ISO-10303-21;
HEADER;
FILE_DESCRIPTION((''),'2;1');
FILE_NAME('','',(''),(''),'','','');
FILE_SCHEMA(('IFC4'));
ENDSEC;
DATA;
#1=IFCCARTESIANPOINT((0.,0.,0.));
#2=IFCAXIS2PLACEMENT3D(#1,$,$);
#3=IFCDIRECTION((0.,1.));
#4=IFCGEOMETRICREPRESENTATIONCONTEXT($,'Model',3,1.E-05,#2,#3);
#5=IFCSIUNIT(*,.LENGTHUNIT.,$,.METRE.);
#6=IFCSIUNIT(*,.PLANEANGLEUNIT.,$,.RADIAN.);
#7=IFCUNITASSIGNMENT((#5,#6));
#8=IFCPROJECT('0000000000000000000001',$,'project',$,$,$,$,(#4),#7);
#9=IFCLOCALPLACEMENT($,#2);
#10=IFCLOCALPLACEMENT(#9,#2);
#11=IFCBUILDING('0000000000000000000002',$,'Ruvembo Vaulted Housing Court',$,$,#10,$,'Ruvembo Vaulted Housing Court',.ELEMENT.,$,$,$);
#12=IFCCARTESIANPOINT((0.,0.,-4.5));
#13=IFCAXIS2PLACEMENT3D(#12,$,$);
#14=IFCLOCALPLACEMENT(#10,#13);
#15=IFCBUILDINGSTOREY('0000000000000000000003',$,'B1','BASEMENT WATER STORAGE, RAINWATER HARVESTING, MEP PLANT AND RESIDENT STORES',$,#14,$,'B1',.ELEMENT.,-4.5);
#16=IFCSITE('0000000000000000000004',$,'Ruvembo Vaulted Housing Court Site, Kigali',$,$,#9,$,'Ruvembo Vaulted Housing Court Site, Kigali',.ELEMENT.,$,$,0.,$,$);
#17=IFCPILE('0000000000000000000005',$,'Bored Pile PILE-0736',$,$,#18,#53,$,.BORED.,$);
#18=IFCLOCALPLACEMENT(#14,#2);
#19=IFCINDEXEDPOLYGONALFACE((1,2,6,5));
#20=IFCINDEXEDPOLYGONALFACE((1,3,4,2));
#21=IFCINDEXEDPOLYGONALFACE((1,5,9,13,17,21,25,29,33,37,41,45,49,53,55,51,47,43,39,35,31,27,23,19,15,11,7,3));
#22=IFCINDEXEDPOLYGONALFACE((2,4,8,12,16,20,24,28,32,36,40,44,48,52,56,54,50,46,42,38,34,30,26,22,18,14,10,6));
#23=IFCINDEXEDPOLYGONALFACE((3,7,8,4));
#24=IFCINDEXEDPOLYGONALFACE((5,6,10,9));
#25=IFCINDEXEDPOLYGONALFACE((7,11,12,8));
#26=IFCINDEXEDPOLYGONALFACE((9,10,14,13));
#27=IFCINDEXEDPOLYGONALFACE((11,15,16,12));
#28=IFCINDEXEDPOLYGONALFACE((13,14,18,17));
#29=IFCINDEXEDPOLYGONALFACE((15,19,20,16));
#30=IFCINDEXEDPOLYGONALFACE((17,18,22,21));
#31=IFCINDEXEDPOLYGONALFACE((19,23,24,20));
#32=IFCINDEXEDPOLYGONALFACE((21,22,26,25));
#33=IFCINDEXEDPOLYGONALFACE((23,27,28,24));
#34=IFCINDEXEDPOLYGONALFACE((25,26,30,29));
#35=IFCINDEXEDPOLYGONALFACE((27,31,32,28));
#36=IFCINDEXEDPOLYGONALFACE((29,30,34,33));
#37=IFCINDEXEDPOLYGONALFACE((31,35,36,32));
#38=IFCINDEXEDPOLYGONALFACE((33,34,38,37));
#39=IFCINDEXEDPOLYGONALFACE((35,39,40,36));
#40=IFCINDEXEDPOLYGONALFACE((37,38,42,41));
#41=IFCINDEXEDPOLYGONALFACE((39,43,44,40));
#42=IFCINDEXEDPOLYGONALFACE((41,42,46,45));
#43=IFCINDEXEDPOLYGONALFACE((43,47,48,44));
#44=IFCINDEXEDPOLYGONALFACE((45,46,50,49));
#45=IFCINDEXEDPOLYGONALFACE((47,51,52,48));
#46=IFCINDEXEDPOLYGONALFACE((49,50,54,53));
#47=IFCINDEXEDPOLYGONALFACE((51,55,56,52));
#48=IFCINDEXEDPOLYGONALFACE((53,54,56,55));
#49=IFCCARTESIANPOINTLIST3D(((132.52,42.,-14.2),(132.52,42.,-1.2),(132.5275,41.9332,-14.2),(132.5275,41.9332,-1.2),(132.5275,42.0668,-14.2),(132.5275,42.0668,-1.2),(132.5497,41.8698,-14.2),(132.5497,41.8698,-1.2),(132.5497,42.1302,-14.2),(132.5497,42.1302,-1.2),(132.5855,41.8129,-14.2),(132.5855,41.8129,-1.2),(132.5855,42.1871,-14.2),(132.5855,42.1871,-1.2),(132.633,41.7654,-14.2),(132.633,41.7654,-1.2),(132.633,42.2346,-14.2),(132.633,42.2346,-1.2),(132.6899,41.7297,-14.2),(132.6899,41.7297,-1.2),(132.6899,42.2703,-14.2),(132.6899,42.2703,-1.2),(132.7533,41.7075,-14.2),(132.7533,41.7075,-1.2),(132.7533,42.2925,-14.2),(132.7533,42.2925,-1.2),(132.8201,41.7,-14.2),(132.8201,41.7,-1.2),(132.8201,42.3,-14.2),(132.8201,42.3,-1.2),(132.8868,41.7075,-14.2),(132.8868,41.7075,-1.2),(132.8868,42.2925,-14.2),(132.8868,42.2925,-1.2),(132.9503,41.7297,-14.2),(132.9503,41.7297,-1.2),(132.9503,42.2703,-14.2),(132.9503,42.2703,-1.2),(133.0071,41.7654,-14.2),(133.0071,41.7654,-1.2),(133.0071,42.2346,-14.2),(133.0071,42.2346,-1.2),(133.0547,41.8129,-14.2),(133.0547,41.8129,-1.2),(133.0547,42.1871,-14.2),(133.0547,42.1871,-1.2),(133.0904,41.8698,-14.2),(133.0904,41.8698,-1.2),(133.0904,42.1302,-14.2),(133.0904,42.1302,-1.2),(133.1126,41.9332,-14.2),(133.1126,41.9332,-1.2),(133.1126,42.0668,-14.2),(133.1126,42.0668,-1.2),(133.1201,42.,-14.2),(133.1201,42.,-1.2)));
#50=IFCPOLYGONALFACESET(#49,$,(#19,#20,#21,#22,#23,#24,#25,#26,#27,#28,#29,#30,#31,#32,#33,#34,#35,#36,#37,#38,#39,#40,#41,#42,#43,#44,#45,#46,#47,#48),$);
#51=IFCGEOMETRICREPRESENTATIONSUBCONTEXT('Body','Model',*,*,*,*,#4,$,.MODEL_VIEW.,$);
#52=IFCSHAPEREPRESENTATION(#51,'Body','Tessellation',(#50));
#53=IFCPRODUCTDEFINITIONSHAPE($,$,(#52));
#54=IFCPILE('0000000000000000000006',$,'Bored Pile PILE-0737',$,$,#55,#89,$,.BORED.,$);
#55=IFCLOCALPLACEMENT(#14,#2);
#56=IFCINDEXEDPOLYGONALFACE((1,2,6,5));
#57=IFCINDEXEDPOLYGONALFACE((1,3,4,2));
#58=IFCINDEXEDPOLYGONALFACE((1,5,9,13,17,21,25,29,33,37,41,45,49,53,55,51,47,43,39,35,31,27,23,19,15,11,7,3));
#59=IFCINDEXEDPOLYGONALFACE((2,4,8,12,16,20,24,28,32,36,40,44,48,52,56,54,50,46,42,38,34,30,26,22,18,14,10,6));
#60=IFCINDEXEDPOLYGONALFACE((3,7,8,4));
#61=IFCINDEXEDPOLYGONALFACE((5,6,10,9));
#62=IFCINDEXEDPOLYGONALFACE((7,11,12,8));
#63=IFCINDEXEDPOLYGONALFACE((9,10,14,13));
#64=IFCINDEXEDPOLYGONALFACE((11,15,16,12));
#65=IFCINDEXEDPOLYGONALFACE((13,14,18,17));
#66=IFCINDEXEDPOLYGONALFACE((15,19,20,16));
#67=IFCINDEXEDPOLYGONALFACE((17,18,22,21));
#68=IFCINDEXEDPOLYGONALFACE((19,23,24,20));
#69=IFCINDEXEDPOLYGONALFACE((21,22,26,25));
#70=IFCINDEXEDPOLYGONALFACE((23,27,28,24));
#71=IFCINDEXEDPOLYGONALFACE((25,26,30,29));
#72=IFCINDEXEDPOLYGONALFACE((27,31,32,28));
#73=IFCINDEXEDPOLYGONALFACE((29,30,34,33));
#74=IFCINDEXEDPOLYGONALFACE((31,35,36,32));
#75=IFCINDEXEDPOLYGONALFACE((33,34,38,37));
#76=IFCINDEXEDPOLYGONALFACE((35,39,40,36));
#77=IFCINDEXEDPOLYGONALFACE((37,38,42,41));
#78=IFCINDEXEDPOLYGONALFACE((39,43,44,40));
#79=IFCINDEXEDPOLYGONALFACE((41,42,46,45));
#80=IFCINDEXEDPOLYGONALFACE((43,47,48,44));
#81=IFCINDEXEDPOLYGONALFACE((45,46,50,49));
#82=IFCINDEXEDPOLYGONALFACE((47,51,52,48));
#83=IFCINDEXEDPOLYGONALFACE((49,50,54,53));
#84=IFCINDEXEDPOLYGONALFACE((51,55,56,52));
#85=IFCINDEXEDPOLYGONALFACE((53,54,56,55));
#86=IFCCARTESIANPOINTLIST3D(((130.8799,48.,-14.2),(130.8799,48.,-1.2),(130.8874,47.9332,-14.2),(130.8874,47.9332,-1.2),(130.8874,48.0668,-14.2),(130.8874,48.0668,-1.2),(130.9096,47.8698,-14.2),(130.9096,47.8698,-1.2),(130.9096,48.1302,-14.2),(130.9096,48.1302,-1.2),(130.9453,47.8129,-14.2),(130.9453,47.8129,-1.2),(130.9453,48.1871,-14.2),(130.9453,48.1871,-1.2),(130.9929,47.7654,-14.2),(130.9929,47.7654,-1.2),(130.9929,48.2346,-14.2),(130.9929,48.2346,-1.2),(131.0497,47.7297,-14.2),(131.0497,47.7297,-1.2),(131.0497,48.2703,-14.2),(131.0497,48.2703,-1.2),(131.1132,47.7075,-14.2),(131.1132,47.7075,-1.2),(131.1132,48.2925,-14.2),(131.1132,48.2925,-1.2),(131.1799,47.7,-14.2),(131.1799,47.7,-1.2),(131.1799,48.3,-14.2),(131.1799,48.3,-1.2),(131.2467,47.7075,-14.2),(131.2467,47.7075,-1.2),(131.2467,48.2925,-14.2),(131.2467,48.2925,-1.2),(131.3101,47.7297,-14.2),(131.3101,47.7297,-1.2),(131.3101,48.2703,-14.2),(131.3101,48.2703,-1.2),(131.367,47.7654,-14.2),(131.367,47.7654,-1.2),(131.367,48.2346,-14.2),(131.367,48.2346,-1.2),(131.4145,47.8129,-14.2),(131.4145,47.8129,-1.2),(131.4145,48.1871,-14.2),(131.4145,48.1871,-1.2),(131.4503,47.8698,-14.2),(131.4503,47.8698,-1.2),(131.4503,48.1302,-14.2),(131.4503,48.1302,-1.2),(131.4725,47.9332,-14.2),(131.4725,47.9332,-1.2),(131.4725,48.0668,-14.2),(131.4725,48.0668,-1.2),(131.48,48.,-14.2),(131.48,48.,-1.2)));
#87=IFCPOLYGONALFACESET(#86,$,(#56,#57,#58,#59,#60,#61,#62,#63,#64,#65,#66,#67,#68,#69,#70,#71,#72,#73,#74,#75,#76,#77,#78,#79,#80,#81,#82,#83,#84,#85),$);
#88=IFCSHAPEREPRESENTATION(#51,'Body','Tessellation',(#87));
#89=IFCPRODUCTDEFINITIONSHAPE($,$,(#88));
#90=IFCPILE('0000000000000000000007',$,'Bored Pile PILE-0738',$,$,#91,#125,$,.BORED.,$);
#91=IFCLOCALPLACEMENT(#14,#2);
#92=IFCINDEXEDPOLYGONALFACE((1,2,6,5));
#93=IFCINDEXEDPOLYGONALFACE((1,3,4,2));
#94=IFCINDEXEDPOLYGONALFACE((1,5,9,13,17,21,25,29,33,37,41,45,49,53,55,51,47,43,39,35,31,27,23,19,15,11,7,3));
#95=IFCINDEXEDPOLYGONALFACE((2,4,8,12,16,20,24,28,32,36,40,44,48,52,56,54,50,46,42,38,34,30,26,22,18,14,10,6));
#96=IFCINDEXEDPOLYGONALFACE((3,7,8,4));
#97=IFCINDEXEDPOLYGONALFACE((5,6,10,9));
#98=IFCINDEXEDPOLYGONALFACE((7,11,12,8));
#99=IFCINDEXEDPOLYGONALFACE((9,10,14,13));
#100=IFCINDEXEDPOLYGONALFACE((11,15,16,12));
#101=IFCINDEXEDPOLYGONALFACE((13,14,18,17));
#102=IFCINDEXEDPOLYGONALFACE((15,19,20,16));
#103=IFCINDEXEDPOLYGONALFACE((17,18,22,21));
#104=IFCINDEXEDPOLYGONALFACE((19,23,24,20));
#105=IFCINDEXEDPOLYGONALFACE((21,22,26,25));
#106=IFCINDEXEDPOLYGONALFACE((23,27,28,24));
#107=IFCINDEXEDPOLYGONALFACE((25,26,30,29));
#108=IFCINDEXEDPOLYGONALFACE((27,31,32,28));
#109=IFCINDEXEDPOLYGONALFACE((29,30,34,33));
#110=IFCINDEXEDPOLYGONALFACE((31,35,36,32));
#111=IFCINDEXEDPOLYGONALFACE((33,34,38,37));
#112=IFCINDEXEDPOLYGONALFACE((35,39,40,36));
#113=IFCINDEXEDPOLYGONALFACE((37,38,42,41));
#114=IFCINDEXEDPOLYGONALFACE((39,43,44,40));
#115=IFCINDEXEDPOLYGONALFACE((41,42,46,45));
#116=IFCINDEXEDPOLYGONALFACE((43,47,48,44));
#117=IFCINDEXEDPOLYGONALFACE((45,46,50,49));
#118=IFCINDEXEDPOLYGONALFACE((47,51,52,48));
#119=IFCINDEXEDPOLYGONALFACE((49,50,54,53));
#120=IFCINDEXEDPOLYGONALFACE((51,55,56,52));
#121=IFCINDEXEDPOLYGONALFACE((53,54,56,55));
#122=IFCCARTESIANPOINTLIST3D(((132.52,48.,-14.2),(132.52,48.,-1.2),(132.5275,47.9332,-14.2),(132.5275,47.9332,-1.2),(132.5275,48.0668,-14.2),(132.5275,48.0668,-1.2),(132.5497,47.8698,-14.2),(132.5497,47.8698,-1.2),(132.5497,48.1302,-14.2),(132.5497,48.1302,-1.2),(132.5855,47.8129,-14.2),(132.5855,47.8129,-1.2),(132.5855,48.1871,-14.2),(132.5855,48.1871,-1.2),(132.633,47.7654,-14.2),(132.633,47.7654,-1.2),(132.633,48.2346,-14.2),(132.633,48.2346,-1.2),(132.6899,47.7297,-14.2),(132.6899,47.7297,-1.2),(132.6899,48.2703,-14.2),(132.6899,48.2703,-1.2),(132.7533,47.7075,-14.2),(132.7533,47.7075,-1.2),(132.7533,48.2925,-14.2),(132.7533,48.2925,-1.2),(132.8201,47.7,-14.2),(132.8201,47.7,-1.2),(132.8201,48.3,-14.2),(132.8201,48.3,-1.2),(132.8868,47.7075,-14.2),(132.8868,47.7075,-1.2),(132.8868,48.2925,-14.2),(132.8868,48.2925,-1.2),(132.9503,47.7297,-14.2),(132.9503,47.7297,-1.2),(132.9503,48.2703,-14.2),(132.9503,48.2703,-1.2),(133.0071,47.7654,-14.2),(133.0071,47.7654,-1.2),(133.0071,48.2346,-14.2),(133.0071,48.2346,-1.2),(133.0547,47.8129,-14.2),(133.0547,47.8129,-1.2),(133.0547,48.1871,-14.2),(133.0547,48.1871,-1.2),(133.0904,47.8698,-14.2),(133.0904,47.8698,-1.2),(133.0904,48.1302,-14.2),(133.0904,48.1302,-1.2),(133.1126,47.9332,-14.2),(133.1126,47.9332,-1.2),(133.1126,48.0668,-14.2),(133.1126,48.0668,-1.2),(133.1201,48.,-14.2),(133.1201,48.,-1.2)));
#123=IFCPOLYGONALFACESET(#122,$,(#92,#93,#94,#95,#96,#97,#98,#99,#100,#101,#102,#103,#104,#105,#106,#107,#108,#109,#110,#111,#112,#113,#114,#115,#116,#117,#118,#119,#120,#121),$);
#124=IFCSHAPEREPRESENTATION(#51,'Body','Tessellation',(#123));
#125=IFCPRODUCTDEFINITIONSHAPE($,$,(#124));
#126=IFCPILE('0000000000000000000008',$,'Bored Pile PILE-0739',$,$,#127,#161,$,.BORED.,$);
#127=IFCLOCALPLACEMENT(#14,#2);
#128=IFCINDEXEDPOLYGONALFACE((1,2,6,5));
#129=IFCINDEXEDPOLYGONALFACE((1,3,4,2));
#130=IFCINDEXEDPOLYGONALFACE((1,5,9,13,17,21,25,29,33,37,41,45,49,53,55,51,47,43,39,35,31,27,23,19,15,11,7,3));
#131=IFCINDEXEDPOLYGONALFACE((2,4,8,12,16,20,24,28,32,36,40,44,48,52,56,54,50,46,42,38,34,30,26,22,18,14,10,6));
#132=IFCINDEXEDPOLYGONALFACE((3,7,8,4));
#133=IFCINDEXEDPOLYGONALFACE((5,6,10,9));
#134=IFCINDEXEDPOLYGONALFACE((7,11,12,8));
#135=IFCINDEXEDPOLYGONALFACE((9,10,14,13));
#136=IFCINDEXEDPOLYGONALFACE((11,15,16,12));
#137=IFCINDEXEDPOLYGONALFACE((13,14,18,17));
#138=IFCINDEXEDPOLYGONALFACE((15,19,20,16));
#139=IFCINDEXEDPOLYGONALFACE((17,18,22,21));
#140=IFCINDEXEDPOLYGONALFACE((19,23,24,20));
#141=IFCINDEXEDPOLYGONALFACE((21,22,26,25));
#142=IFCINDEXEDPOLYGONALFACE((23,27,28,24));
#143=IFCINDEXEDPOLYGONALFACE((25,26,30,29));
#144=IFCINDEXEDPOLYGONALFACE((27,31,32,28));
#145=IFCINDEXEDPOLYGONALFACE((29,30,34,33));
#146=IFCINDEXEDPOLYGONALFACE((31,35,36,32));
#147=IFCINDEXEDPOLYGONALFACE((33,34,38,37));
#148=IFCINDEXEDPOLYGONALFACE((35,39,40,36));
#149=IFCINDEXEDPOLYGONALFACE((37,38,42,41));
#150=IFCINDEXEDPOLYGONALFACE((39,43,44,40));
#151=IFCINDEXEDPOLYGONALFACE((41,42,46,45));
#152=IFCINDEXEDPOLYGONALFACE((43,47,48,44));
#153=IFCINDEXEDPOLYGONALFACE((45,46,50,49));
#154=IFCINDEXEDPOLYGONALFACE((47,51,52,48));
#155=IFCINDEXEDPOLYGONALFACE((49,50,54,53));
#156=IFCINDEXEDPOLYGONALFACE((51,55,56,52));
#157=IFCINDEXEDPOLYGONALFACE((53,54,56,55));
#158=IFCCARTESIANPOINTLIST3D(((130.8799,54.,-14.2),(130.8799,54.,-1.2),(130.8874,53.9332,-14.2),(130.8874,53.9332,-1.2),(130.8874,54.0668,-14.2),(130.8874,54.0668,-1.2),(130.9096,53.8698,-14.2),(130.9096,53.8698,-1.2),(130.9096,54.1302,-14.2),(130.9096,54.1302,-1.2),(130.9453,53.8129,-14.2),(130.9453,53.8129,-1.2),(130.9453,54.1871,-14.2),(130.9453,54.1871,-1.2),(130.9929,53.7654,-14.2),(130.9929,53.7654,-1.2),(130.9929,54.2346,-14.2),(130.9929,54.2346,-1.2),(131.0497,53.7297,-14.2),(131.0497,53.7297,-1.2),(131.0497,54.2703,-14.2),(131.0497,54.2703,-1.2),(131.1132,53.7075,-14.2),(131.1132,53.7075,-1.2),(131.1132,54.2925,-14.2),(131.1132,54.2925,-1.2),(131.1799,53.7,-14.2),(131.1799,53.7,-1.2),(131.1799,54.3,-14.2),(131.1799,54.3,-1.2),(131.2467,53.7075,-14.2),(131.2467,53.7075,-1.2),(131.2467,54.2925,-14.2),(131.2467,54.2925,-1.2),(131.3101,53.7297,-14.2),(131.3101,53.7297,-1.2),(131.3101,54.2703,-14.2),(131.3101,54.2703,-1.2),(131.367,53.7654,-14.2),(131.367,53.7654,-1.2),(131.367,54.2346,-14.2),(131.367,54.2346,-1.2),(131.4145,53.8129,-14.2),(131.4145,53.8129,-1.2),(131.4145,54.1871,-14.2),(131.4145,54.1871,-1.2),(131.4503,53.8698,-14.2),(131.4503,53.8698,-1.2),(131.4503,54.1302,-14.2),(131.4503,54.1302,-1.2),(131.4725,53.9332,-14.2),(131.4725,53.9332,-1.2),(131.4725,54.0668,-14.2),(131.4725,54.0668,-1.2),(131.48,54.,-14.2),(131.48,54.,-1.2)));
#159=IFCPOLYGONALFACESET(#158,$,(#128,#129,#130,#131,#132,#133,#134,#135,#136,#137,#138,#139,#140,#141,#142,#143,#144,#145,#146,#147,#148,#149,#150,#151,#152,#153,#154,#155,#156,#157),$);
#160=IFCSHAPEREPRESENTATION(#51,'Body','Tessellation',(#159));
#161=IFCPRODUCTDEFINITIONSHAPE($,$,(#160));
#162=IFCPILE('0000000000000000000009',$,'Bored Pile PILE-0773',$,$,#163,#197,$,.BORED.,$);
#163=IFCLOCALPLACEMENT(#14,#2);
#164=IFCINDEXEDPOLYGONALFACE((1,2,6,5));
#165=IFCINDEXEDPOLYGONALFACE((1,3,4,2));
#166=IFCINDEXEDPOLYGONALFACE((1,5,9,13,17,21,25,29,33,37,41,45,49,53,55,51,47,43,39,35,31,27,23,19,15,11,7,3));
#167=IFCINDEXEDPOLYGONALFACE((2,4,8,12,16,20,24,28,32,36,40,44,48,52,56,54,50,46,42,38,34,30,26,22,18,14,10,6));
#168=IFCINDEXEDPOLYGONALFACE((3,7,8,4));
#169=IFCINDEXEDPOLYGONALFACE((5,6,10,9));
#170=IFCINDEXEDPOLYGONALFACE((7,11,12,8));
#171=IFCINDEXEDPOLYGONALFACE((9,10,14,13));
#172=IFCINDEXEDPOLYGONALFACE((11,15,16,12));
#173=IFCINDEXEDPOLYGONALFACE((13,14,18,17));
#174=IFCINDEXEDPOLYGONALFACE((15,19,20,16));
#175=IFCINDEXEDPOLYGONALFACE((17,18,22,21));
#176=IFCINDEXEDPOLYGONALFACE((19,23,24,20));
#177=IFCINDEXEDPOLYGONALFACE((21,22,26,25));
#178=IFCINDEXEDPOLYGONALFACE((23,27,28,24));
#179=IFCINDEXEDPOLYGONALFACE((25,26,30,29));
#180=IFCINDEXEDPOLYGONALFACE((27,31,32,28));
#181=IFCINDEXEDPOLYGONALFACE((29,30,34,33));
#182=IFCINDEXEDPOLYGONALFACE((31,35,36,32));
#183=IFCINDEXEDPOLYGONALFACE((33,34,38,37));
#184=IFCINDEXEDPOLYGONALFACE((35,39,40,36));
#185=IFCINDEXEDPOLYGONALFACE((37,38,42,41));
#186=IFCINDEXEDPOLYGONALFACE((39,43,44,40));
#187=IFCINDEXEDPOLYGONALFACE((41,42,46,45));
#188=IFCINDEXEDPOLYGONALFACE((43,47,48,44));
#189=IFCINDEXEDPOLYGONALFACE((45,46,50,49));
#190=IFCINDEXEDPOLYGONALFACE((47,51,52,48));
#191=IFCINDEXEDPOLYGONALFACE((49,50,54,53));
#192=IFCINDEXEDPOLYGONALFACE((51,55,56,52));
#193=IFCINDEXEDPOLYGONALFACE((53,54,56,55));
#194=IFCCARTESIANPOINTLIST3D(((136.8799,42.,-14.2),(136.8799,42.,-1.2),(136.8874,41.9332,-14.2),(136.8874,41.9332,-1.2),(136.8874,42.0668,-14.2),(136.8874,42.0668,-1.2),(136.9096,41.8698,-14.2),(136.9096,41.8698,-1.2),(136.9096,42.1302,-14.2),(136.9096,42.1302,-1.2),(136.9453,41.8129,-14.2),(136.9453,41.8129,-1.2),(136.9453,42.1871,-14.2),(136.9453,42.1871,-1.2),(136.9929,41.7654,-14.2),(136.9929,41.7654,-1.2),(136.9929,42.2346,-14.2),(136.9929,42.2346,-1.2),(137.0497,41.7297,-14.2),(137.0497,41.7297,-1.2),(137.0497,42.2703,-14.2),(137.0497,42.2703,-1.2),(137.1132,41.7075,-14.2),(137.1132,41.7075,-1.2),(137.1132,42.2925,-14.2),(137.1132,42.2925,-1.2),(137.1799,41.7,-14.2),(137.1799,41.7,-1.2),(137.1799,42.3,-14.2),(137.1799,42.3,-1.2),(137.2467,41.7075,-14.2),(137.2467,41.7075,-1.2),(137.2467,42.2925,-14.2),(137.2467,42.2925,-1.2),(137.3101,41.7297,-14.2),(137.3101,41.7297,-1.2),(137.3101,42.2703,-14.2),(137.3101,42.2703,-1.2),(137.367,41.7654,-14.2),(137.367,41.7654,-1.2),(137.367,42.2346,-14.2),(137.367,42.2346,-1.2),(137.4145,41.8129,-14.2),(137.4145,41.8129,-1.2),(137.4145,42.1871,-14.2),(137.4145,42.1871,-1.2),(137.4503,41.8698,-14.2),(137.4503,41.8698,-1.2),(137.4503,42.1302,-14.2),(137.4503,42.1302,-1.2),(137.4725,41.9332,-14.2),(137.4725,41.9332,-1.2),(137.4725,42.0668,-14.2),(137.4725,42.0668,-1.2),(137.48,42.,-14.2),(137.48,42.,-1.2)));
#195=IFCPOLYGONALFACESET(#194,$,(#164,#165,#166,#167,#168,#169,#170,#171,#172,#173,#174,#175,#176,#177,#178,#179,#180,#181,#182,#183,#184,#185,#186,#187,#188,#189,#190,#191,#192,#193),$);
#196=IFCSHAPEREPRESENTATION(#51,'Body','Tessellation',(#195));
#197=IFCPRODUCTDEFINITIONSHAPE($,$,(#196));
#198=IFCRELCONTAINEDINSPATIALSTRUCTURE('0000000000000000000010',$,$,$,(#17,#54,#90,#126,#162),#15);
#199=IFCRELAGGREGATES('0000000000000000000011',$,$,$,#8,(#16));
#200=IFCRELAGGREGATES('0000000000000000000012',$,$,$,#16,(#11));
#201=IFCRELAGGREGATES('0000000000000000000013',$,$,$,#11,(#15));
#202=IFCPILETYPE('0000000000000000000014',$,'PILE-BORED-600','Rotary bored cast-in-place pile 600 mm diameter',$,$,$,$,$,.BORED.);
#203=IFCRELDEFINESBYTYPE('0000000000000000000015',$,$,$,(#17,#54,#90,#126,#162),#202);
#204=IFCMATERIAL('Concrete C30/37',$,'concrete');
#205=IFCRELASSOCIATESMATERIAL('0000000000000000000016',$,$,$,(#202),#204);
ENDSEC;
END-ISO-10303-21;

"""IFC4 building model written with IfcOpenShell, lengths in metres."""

from ifc_helpers import new_model, si_unit, direction, frame, origin, origin_2d, place, context, subcontext, project, spatial, circle, extrude, material, material_profile, profile_set, type_object, element, save


model = new_model("IFC4")

# Units and contexts
model_context = context("Model", 3, precision=1e-05, world=origin(), true_north=direction((0.0, 1.0)))
body_context = subcontext(model_context, "Body", "Model", "MODEL_VIEW")
ifc_project = project(units=[si_unit("LENGTHUNIT", "METRE"), si_unit("PLANEANGLEUNIT", "RADIAN")], contexts=[model_context])

# Site, building, storey
site_placement = place(None, origin())
site = spatial("IfcSite", under=ifc_project, at=site_placement, Name="Ruvembo Vaulted Housing Court Site, Kigali", LongName="Ruvembo Vaulted Housing Court Site, Kigali", CompositionType="ELEMENT", RefElevation=0.0)
building_placement = place(site_placement, origin())
building = spatial("IfcBuilding", under=site, at=building_placement, Name="Ruvembo Vaulted Housing Court", LongName="Ruvembo Vaulted Housing Court", CompositionType="ELEMENT")
storey_placement = place(building_placement, frame((0.0, 0.0, -4.5)))
storey = spatial("IfcBuildingStorey", under=building, at=storey_placement, Name="B1", Description="BASEMENT WATER STORAGE, RAINWATER HARVESTING, MEP PLANT AND RESIDENT STORES", LongName="B1", CompositionType="ELEMENT", Elevation=-4.5)

# Piles
ifc_material_1 = material(Name="Concrete C30/37", Category="concrete")
ifc_material_profile_1 = material_profile(ifc_material_1, circle(Radius=0.3, at=origin_2d()), Name="PILE D600")
ifc_profile_set_1 = profile_set([ifc_material_profile_1], Name="Concrete C30/37")
pile_type_1 = type_object("IfcPileType", Name="PILE-BORED-600", Description="Rotary bored cast-in-place pile 600 mm diameter", PredefinedType="BORED", material=ifc_profile_set_1)
for number, where, z_axis, x_axis, name in (
    (1, (132.8201, 42.0, -1.2), (0.0, 0.0, -1.0), (1.0, 0.0, 0.0), "Bored Pile PILE-0736"),
    (2, (131.1799, 48.0, -1.2), (0.0, 0.0, -1.0), (1.0, 0.0, 0.0), "Bored Pile PILE-0737"),
    (3, (132.8201, 48.0, -1.2), (0.0, 0.0, -1.0), (1.0, 0.0, 0.0), "Bored Pile PILE-0738"),
    (4, (131.1799, 54.0, -1.2), (0.0, 0.0, -1.0), (1.0, 0.0, 0.0), "Bored Pile PILE-0739"),
    (5, (137.1799, 42.0, -1.2), (0.0, 0.0, -1.0), (1.0, 0.0, 0.0), "Bored Pile PILE-0773"),
):
    element("IfcPile", number, at=place(storey_placement, frame(where, z_axis=z_axis, x_axis=x_axis)), inside=storey, type_object=pile_type_1, Name=name, PredefinedType="BORED", context=body_context, shape_type="SweptSolid", body=[
        extrude(circle(Radius=0.3, at=origin_2d()), origin(), (0.0, 0.0, 1.0), 13.0),
    ])

save(model, "model.ifc")
